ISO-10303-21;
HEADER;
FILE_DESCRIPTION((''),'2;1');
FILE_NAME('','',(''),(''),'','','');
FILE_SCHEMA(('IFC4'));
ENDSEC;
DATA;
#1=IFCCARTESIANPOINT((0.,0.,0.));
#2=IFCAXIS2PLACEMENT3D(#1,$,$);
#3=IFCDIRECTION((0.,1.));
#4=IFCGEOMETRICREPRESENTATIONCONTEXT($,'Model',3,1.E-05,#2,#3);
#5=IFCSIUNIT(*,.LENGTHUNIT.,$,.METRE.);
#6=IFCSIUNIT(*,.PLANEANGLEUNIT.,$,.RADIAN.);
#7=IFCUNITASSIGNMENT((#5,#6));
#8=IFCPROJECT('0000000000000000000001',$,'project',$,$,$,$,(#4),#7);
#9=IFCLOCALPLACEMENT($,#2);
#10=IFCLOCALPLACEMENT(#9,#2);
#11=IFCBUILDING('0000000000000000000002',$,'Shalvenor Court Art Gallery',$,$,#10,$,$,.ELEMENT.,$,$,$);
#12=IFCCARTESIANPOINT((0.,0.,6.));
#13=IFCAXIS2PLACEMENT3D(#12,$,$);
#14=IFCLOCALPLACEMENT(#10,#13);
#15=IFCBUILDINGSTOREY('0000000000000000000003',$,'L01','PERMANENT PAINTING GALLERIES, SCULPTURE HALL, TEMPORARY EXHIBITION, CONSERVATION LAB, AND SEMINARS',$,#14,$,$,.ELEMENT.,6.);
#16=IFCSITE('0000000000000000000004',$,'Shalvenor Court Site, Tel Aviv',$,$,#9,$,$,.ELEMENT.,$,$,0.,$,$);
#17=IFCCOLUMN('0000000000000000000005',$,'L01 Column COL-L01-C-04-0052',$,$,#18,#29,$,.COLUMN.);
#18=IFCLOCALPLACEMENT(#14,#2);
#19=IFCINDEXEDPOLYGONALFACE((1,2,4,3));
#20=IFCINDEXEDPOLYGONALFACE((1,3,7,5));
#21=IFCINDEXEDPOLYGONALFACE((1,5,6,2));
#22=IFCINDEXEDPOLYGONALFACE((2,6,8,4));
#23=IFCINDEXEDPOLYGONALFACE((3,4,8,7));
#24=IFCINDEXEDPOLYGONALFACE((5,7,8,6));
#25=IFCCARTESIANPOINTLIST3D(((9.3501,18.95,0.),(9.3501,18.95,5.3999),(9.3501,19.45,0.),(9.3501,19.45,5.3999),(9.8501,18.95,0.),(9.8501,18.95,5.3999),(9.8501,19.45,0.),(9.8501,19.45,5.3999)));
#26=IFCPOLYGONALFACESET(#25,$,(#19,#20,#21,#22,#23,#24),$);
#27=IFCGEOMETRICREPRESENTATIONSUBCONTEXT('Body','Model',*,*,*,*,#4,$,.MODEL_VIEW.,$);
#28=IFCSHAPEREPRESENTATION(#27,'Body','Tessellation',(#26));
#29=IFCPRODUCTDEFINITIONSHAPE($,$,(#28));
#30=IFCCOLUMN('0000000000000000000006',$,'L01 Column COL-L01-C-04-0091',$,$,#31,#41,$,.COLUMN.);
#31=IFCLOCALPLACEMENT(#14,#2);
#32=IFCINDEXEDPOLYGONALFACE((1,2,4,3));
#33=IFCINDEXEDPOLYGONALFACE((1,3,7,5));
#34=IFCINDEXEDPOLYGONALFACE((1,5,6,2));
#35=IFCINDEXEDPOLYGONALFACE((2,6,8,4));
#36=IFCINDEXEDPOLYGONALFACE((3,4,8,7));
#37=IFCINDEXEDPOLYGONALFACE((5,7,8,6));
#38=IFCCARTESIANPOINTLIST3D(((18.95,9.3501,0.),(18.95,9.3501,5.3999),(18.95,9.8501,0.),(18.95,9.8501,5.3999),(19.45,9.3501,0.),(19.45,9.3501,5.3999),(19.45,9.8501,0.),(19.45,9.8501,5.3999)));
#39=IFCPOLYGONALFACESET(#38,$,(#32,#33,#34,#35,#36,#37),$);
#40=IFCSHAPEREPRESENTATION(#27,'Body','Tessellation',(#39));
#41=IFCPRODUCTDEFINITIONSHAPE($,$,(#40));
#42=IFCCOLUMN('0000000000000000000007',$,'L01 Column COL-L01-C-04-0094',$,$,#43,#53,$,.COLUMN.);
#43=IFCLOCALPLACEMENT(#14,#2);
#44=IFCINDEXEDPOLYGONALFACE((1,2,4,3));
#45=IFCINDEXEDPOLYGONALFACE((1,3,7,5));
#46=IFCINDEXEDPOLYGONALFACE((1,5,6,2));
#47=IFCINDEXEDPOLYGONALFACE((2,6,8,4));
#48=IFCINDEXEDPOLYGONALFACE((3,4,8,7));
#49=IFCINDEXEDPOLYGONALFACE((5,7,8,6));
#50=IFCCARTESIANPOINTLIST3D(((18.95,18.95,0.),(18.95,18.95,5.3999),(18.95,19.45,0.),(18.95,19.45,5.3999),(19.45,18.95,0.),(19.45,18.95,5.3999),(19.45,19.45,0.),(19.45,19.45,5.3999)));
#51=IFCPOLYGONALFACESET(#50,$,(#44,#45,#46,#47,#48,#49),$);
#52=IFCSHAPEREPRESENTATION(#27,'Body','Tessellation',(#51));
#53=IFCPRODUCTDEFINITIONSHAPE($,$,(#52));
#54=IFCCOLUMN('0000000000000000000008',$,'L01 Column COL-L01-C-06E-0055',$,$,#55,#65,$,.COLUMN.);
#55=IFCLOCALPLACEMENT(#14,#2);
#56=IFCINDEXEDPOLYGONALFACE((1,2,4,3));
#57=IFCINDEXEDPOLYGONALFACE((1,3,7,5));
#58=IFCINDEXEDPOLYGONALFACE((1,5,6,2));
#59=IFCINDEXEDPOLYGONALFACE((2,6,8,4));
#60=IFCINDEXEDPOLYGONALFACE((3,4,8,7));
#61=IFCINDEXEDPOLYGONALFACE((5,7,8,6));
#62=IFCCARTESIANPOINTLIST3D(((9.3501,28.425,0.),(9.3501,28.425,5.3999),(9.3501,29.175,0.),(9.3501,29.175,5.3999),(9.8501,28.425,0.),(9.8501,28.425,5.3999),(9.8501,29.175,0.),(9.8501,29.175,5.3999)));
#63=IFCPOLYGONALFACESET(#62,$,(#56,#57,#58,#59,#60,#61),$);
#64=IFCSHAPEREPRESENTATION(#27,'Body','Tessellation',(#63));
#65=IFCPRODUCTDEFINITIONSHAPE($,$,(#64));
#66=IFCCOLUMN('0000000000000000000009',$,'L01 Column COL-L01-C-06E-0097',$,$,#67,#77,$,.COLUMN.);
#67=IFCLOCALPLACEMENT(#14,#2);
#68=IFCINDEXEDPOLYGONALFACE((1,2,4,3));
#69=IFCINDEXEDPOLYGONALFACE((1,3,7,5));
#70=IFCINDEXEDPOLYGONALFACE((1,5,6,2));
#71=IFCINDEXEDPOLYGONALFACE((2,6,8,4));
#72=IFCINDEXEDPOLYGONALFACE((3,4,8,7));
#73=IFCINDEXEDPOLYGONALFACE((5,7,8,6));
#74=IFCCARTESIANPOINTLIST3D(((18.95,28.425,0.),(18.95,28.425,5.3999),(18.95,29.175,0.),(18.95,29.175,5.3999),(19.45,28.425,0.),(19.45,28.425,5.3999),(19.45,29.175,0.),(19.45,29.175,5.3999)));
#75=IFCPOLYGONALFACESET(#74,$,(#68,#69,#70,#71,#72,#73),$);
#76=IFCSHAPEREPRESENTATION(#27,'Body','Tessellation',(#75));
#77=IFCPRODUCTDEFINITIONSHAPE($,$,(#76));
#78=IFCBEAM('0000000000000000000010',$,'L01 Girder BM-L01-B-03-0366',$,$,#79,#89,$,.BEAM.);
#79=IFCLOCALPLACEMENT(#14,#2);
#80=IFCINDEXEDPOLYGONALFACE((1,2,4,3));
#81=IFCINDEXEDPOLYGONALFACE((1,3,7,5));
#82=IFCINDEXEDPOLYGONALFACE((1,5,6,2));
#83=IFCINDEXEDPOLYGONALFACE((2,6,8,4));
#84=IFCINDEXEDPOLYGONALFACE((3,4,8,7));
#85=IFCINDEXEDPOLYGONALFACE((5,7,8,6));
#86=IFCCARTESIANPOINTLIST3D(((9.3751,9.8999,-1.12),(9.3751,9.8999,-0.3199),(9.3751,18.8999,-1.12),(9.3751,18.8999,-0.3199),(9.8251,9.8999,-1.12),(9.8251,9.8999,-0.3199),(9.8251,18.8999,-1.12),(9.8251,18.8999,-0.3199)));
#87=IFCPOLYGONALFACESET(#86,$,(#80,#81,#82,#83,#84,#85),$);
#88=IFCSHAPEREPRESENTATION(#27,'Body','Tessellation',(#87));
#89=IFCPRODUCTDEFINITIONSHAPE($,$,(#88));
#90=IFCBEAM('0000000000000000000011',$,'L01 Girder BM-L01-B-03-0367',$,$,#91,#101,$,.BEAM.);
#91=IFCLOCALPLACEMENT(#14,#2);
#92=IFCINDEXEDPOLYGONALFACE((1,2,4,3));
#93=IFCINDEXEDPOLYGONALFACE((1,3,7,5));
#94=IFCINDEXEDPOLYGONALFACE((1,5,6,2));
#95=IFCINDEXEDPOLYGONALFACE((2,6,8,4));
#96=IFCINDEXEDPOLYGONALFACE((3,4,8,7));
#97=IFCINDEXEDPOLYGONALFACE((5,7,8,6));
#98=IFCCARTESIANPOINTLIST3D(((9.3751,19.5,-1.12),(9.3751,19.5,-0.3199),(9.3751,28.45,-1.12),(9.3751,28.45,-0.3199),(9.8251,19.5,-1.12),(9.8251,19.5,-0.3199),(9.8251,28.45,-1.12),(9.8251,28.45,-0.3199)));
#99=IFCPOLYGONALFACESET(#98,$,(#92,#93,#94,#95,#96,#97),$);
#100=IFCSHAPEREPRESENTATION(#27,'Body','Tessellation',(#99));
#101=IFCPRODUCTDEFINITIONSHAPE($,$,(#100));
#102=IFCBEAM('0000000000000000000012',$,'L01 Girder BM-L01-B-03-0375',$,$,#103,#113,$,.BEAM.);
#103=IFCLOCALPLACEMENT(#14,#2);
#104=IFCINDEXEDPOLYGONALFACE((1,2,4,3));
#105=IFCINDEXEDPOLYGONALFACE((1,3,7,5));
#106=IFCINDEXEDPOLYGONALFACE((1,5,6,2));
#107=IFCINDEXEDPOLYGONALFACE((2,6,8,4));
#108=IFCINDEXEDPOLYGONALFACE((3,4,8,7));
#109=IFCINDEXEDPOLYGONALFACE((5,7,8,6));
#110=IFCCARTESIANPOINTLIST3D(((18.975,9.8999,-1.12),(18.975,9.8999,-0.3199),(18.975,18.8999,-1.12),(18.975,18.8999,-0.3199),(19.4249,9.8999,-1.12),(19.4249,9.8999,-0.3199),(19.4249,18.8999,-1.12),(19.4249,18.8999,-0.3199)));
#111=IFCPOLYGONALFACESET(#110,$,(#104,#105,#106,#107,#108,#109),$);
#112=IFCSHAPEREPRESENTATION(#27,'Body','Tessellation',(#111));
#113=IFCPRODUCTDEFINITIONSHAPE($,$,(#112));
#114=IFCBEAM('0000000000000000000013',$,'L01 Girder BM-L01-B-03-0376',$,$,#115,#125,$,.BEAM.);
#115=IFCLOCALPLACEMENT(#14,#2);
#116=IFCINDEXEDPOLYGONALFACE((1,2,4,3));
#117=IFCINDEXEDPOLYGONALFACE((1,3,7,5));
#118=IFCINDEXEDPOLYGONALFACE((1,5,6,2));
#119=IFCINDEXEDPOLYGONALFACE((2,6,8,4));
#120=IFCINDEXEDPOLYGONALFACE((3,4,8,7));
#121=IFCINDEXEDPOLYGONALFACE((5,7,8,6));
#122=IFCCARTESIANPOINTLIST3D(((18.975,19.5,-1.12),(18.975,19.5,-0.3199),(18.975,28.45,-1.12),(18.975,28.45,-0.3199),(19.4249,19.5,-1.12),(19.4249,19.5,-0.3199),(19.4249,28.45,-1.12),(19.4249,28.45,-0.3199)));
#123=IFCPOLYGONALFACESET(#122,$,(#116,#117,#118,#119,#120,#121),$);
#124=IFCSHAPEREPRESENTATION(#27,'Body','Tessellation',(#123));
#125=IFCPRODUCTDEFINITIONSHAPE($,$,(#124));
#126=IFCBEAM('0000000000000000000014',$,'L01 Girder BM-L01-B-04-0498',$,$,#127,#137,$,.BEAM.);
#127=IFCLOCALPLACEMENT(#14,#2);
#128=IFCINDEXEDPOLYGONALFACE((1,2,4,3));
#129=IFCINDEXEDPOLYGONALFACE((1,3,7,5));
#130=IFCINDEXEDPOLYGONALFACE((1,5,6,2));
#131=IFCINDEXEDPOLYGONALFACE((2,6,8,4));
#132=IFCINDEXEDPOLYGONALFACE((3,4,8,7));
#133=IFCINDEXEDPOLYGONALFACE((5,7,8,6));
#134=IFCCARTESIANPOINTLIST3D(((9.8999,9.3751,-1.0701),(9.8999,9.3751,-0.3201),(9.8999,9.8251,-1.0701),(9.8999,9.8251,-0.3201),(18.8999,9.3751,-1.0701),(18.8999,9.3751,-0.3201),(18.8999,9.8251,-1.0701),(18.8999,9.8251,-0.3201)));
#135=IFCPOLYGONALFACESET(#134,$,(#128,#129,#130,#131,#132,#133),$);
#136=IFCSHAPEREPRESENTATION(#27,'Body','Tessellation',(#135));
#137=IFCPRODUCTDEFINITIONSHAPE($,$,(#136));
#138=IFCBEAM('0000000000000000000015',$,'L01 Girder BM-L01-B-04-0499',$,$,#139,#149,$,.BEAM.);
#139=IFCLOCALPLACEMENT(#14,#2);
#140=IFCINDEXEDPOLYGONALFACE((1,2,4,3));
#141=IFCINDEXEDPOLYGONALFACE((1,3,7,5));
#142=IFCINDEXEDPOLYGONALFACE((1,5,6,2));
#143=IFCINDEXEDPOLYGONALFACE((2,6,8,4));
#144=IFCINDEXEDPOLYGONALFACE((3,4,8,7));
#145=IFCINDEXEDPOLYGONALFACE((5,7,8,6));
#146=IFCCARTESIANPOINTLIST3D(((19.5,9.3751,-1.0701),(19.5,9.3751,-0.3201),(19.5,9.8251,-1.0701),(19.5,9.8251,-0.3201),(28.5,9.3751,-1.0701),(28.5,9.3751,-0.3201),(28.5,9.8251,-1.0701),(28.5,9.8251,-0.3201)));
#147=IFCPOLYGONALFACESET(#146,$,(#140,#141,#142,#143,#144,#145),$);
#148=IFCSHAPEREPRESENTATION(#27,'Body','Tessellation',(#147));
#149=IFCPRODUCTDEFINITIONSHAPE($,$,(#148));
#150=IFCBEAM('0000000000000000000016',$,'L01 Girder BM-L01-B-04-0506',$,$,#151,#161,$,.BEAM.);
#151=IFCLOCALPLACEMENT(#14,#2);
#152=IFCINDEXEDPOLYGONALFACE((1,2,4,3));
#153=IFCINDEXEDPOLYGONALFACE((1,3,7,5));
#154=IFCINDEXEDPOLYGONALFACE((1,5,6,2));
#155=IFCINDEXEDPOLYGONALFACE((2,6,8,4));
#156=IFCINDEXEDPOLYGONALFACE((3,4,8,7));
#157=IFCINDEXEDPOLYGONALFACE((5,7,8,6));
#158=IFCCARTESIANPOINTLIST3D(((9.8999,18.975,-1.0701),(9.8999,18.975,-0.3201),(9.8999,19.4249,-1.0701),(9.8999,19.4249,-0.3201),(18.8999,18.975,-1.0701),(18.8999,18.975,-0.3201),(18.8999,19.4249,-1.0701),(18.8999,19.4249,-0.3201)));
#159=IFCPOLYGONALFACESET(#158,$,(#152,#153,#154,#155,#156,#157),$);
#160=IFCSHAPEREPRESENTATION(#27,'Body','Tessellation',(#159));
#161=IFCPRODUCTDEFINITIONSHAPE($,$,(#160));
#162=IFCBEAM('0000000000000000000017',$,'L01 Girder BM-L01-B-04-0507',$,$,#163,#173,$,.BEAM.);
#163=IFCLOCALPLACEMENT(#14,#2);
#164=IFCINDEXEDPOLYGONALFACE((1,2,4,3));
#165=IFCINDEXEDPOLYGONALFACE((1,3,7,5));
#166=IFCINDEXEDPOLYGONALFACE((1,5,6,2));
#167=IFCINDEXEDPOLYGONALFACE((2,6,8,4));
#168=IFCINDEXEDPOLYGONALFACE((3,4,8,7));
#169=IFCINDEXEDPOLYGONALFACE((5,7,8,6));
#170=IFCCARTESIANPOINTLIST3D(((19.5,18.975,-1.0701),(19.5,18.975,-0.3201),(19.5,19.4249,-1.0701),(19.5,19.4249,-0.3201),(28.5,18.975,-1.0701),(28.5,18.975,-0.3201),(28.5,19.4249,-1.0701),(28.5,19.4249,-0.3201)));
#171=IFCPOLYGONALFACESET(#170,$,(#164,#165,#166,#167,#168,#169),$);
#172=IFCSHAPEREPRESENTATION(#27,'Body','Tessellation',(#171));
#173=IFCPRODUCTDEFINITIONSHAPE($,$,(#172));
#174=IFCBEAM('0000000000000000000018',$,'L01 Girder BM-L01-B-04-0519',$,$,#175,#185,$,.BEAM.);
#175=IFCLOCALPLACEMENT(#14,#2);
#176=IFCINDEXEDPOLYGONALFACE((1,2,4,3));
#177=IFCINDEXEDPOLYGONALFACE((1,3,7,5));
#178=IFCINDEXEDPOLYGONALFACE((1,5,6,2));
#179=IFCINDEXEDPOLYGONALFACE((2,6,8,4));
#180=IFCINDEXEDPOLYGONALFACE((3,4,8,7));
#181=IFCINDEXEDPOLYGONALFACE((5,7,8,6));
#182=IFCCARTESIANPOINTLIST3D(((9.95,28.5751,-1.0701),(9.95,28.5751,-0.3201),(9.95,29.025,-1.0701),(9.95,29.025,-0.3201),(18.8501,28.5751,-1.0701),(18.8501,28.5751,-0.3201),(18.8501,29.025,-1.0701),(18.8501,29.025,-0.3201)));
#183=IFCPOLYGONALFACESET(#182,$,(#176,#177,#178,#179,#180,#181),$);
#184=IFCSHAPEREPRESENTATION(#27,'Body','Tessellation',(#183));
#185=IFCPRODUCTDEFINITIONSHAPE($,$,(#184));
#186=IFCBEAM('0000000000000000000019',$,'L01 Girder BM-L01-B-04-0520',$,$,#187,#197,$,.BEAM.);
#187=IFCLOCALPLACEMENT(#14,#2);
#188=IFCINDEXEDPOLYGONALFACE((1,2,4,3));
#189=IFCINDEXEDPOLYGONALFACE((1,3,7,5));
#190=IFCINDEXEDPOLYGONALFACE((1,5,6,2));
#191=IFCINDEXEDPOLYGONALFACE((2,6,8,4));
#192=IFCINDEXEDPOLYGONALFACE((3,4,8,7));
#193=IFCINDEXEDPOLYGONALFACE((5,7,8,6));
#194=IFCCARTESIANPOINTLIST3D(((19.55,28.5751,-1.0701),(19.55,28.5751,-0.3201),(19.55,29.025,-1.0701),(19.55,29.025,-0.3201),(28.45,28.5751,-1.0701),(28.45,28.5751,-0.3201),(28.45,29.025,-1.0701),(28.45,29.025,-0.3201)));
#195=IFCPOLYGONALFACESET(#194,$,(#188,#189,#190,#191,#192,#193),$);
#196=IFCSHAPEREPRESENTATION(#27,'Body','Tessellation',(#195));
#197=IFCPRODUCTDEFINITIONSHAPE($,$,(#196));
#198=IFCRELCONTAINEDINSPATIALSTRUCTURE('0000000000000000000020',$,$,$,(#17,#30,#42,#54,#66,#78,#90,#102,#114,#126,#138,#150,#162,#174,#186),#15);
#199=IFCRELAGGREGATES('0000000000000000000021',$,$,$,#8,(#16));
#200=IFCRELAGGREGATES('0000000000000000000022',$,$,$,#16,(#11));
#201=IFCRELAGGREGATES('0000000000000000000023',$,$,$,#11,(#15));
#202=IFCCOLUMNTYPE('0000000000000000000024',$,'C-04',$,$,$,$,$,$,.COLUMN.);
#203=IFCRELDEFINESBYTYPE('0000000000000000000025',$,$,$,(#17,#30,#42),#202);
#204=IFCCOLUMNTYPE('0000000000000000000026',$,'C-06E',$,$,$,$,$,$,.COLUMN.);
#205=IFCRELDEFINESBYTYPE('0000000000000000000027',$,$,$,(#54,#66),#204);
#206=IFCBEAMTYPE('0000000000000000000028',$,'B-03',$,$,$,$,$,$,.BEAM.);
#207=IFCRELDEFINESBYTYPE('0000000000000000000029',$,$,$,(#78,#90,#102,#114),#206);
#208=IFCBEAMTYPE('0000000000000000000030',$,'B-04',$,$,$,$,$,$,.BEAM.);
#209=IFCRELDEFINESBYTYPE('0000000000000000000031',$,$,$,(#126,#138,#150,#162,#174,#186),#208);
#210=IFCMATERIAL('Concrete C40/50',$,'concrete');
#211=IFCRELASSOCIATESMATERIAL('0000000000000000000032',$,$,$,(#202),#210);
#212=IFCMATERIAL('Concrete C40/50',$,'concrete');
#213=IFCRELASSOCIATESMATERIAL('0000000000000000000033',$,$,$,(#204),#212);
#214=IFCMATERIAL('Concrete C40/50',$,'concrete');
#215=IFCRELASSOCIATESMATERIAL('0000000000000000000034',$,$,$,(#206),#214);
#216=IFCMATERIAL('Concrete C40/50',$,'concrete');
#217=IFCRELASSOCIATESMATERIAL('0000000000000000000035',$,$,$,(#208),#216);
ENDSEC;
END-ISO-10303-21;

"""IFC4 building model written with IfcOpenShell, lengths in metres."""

from ifc_helpers import new_model, si_unit, direction, frame, origin, origin_2d, place, context, subcontext, project, spatial, rectangle, extrude, material, material_profile, profile_set, type_object, element, save


model = new_model("IFC4")

# Units and contexts
model_context = context("Model", 3, precision=1e-05, world=origin(), true_north=direction((0.0, 1.0)))
body_context = subcontext(model_context, "Body", "Model", "MODEL_VIEW")
ifc_project = project(units=[si_unit("LENGTHUNIT", "METRE"), si_unit("PLANEANGLEUNIT", "RADIAN")], contexts=[model_context])

# Site, building, storey
site_placement = place(None, origin())
site = spatial("IfcSite", under=ifc_project, at=site_placement, Name="Shalvenor Court Site, Tel Aviv", CompositionType="ELEMENT", RefElevation=0.0)
building_placement = place(site_placement, origin())
building = spatial("IfcBuilding", under=site, at=building_placement, Name="Shalvenor Court Art Gallery", CompositionType="ELEMENT")
storey_placement = place(building_placement, frame((0.0, 0.0, 6.0)))
storey = spatial("IfcBuildingStorey", under=building, at=storey_placement, Name="L01", Description="PERMANENT PAINTING GALLERIES, SCULPTURE HALL, TEMPORARY EXHIBITION, CONSERVATION LAB, AND SEMINARS", CompositionType="ELEMENT", Elevation=6.0)

# Columns
ifc_material_1 = material(Name="Concrete C40/50", Category="concrete")
ifc_material_profile_1 = material_profile(ifc_material_1, rectangle(XDim=0.5, YDim=0.5, at=origin_2d()), Name="RC 500x500")
ifc_profile_set_1 = profile_set([ifc_material_profile_1], Name="Concrete C40/50")
column_type_1 = type_object("IfcColumnType", Name="C-04", PredefinedType="COLUMN", material=ifc_profile_set_1)
for number, where, z_axis, x_axis, name in (
    (1, (9.6001, 19.2, 0.0), (0.0, 0.0, 1.0), (1.0, 0.0, 0.0), "L01 Column COL-L01-C-04-0052"),
    (2, (19.2, 9.6001, 0.0), (0.0, 0.0, 1.0), (1.0, 0.0, 0.0), "L01 Column COL-L01-C-04-0091"),
    (3, (19.2, 19.2, 0.0), (0.0, 0.0, 1.0), (1.0, 0.0, 0.0), "L01 Column COL-L01-C-04-0094"),
):
    element("IfcColumn", number, at=place(storey_placement, frame(where, z_axis=z_axis, x_axis=x_axis)), inside=storey, type_object=column_type_1, Name=name, PredefinedType="COLUMN", context=body_context, shape_type="SweptSolid", body=[
        extrude(rectangle(XDim=0.5, YDim=0.5, at=origin_2d()), origin(), (0.0, 0.0, 1.0), 5.3999),
    ])
ifc_material_2 = material(Name="Concrete C40/50", Category="concrete")
ifc_material_profile_2 = material_profile(ifc_material_2, rectangle(XDim=0.5, YDim=0.75, at=origin_2d()), Name="RC 500x750")
ifc_profile_set_2 = profile_set([ifc_material_profile_2], Name="Concrete C40/50")
column_type_2 = type_object("IfcColumnType", Name="C-06E", PredefinedType="COLUMN", material=ifc_profile_set_2)
for number, where, z_axis, x_axis, name in (
    (4, (9.6001, 28.8, 0.0), (0.0, 0.0, 1.0), (1.0, 0.0, 0.0), "L01 Column COL-L01-C-06E-0055"),
    (5, (19.2, 28.8, 0.0), (0.0, 0.0, 1.0), (1.0, 0.0, 0.0), "L01 Column COL-L01-C-06E-0097"),
):
    element("IfcColumn", number, at=place(storey_placement, frame(where, z_axis=z_axis, x_axis=x_axis)), inside=storey, type_object=column_type_2, Name=name, PredefinedType="COLUMN", context=body_context, shape_type="SweptSolid", body=[
        extrude(rectangle(XDim=0.5, YDim=0.75, at=origin_2d()), origin(), (0.0, 0.0, 1.0), 5.3999),
    ])

# Beams
ifc_material_3 = material(Name="Concrete C40/50", Category="concrete")
ifc_material_profile_3 = material_profile(ifc_material_3, rectangle(XDim=0.45, YDim=0.8, at=origin_2d()), Name="RC 450x800")
ifc_profile_set_3 = profile_set([ifc_material_profile_3], Name="Concrete C40/50")
beam_type_1 = type_object("IfcBeamType", Name="B-03", PredefinedType="BEAM", material=ifc_profile_set_3)
beam_1_placement = place(storey_placement, frame((9.6001, 9.8999, -0.72), z_axis=(0.0, 1.0, 0.0), x_axis=(-1.0, 0.0, 0.0)))
element("IfcBeam", 6, at=beam_1_placement, inside=storey, type_object=beam_type_1, Name="L01 Girder BM-L01-B-03-0366", PredefinedType="BEAM", context=body_context, shape_type="SweptSolid", body=[
    extrude(rectangle(XDim=0.45, YDim=0.8, at=origin_2d()), origin(), (0.0, 0.0, 1.0), 9.0),
])
beam_2_placement = place(storey_placement, frame((9.6001, 19.5, -0.72), z_axis=(0.0, 1.0, 0.0), x_axis=(-1.0, 0.0, 0.0)))
element("IfcBeam", 7, at=beam_2_placement, inside=storey, type_object=beam_type_1, Name="L01 Girder BM-L01-B-03-0367", PredefinedType="BEAM", context=body_context, shape_type="SweptSolid", body=[
    extrude(rectangle(XDim=0.45, YDim=0.8, at=origin_2d()), origin(), (0.0, 0.0, 1.0), 8.95),
])
beam_3_placement = place(storey_placement, frame((19.2, 9.8999, -0.72), z_axis=(0.0, 1.0, 0.0), x_axis=(-1.0, 0.0, 0.0)))
element("IfcBeam", 8, at=beam_3_placement, inside=storey, type_object=beam_type_1, Name="L01 Girder BM-L01-B-03-0375", PredefinedType="BEAM", context=body_context, shape_type="SweptSolid", body=[
    extrude(rectangle(XDim=0.45, YDim=0.8, at=origin_2d()), origin(), (0.0, 0.0, 1.0), 9.0),
])
beam_4_placement = place(storey_placement, frame((19.2, 19.5, -0.72), z_axis=(0.0, 1.0, 0.0), x_axis=(-1.0, 0.0, 0.0)))
element("IfcBeam", 9, at=beam_4_placement, inside=storey, type_object=beam_type_1, Name="L01 Girder BM-L01-B-03-0376", PredefinedType="BEAM", context=body_context, shape_type="SweptSolid", body=[
    extrude(rectangle(XDim=0.45, YDim=0.8, at=origin_2d()), origin(), (0.0, 0.0, 1.0), 8.95),
])
ifc_material_4 = material(Name="Concrete C40/50", Category="concrete")
ifc_material_profile_4 = material_profile(ifc_material_4, rectangle(XDim=0.45, YDim=0.75, at=origin_2d()), Name="RC 450x750")
ifc_profile_set_4 = profile_set([ifc_material_profile_4], Name="Concrete C40/50")
beam_type_2 = type_object("IfcBeamType", Name="B-04", PredefinedType="BEAM", material=ifc_profile_set_4)
for number, where, z_axis, x_axis, name in (
    (10, (9.8999, 9.6001, -0.6951), (1.0, 0.0, 0.0), (0.0, 1.0, 0.0), "L01 Girder BM-L01-B-04-0498"),
    (11, (19.5, 9.6001, -0.6951), (1.0, 0.0, 0.0), (0.0, 1.0, 0.0), "L01 Girder BM-L01-B-04-0499"),
    (12, (9.8999, 19.2, -0.6951), (1.0, 0.0, 0.0), (0.0, 1.0, 0.0), "L01 Girder BM-L01-B-04-0506"),
    (13, (19.5, 19.2, -0.6951), (1.0, 0.0, 0.0), (0.0, 1.0, 0.0), "L01 Girder BM-L01-B-04-0507"),
):
    element("IfcBeam", number, at=place(storey_placement, frame(where, z_axis=z_axis, x_axis=x_axis)), inside=storey, type_object=beam_type_2, Name=name, PredefinedType="BEAM", context=body_context, shape_type="SweptSolid", body=[
        extrude(rectangle(XDim=0.45, YDim=0.75, at=origin_2d()), origin(), (0.0, 0.0, 1.0), 9.0),
    ])
beam_5_placement = place(storey_placement, frame((9.95, 28.8, -0.6951), z_axis=(1.0, 0.0, 0.0), x_axis=(0.0, 1.0, 0.0)))
element("IfcBeam", 14, at=beam_5_placement, inside=storey, type_object=beam_type_2, Name="L01 Girder BM-L01-B-04-0519", PredefinedType="BEAM", context=body_context, shape_type="SweptSolid", body=[
    extrude(rectangle(XDim=0.45, YDim=0.75, at=origin_2d()), origin(), (0.0, 0.0, 1.0), 8.9001),
])
beam_6_placement = place(storey_placement, frame((19.55, 28.8, -0.6951), z_axis=(1.0, 0.0, 0.0), x_axis=(0.0, 1.0, 0.0)))
element("IfcBeam", 15, at=beam_6_placement, inside=storey, type_object=beam_type_2, Name="L01 Girder BM-L01-B-04-0520", PredefinedType="BEAM", context=body_context, shape_type="SweptSolid", body=[
    extrude(rectangle(XDim=0.45, YDim=0.75, at=origin_2d()), origin(), (0.0, 0.0, 1.0), 8.8999),
])

save(model, "model.ifc")
